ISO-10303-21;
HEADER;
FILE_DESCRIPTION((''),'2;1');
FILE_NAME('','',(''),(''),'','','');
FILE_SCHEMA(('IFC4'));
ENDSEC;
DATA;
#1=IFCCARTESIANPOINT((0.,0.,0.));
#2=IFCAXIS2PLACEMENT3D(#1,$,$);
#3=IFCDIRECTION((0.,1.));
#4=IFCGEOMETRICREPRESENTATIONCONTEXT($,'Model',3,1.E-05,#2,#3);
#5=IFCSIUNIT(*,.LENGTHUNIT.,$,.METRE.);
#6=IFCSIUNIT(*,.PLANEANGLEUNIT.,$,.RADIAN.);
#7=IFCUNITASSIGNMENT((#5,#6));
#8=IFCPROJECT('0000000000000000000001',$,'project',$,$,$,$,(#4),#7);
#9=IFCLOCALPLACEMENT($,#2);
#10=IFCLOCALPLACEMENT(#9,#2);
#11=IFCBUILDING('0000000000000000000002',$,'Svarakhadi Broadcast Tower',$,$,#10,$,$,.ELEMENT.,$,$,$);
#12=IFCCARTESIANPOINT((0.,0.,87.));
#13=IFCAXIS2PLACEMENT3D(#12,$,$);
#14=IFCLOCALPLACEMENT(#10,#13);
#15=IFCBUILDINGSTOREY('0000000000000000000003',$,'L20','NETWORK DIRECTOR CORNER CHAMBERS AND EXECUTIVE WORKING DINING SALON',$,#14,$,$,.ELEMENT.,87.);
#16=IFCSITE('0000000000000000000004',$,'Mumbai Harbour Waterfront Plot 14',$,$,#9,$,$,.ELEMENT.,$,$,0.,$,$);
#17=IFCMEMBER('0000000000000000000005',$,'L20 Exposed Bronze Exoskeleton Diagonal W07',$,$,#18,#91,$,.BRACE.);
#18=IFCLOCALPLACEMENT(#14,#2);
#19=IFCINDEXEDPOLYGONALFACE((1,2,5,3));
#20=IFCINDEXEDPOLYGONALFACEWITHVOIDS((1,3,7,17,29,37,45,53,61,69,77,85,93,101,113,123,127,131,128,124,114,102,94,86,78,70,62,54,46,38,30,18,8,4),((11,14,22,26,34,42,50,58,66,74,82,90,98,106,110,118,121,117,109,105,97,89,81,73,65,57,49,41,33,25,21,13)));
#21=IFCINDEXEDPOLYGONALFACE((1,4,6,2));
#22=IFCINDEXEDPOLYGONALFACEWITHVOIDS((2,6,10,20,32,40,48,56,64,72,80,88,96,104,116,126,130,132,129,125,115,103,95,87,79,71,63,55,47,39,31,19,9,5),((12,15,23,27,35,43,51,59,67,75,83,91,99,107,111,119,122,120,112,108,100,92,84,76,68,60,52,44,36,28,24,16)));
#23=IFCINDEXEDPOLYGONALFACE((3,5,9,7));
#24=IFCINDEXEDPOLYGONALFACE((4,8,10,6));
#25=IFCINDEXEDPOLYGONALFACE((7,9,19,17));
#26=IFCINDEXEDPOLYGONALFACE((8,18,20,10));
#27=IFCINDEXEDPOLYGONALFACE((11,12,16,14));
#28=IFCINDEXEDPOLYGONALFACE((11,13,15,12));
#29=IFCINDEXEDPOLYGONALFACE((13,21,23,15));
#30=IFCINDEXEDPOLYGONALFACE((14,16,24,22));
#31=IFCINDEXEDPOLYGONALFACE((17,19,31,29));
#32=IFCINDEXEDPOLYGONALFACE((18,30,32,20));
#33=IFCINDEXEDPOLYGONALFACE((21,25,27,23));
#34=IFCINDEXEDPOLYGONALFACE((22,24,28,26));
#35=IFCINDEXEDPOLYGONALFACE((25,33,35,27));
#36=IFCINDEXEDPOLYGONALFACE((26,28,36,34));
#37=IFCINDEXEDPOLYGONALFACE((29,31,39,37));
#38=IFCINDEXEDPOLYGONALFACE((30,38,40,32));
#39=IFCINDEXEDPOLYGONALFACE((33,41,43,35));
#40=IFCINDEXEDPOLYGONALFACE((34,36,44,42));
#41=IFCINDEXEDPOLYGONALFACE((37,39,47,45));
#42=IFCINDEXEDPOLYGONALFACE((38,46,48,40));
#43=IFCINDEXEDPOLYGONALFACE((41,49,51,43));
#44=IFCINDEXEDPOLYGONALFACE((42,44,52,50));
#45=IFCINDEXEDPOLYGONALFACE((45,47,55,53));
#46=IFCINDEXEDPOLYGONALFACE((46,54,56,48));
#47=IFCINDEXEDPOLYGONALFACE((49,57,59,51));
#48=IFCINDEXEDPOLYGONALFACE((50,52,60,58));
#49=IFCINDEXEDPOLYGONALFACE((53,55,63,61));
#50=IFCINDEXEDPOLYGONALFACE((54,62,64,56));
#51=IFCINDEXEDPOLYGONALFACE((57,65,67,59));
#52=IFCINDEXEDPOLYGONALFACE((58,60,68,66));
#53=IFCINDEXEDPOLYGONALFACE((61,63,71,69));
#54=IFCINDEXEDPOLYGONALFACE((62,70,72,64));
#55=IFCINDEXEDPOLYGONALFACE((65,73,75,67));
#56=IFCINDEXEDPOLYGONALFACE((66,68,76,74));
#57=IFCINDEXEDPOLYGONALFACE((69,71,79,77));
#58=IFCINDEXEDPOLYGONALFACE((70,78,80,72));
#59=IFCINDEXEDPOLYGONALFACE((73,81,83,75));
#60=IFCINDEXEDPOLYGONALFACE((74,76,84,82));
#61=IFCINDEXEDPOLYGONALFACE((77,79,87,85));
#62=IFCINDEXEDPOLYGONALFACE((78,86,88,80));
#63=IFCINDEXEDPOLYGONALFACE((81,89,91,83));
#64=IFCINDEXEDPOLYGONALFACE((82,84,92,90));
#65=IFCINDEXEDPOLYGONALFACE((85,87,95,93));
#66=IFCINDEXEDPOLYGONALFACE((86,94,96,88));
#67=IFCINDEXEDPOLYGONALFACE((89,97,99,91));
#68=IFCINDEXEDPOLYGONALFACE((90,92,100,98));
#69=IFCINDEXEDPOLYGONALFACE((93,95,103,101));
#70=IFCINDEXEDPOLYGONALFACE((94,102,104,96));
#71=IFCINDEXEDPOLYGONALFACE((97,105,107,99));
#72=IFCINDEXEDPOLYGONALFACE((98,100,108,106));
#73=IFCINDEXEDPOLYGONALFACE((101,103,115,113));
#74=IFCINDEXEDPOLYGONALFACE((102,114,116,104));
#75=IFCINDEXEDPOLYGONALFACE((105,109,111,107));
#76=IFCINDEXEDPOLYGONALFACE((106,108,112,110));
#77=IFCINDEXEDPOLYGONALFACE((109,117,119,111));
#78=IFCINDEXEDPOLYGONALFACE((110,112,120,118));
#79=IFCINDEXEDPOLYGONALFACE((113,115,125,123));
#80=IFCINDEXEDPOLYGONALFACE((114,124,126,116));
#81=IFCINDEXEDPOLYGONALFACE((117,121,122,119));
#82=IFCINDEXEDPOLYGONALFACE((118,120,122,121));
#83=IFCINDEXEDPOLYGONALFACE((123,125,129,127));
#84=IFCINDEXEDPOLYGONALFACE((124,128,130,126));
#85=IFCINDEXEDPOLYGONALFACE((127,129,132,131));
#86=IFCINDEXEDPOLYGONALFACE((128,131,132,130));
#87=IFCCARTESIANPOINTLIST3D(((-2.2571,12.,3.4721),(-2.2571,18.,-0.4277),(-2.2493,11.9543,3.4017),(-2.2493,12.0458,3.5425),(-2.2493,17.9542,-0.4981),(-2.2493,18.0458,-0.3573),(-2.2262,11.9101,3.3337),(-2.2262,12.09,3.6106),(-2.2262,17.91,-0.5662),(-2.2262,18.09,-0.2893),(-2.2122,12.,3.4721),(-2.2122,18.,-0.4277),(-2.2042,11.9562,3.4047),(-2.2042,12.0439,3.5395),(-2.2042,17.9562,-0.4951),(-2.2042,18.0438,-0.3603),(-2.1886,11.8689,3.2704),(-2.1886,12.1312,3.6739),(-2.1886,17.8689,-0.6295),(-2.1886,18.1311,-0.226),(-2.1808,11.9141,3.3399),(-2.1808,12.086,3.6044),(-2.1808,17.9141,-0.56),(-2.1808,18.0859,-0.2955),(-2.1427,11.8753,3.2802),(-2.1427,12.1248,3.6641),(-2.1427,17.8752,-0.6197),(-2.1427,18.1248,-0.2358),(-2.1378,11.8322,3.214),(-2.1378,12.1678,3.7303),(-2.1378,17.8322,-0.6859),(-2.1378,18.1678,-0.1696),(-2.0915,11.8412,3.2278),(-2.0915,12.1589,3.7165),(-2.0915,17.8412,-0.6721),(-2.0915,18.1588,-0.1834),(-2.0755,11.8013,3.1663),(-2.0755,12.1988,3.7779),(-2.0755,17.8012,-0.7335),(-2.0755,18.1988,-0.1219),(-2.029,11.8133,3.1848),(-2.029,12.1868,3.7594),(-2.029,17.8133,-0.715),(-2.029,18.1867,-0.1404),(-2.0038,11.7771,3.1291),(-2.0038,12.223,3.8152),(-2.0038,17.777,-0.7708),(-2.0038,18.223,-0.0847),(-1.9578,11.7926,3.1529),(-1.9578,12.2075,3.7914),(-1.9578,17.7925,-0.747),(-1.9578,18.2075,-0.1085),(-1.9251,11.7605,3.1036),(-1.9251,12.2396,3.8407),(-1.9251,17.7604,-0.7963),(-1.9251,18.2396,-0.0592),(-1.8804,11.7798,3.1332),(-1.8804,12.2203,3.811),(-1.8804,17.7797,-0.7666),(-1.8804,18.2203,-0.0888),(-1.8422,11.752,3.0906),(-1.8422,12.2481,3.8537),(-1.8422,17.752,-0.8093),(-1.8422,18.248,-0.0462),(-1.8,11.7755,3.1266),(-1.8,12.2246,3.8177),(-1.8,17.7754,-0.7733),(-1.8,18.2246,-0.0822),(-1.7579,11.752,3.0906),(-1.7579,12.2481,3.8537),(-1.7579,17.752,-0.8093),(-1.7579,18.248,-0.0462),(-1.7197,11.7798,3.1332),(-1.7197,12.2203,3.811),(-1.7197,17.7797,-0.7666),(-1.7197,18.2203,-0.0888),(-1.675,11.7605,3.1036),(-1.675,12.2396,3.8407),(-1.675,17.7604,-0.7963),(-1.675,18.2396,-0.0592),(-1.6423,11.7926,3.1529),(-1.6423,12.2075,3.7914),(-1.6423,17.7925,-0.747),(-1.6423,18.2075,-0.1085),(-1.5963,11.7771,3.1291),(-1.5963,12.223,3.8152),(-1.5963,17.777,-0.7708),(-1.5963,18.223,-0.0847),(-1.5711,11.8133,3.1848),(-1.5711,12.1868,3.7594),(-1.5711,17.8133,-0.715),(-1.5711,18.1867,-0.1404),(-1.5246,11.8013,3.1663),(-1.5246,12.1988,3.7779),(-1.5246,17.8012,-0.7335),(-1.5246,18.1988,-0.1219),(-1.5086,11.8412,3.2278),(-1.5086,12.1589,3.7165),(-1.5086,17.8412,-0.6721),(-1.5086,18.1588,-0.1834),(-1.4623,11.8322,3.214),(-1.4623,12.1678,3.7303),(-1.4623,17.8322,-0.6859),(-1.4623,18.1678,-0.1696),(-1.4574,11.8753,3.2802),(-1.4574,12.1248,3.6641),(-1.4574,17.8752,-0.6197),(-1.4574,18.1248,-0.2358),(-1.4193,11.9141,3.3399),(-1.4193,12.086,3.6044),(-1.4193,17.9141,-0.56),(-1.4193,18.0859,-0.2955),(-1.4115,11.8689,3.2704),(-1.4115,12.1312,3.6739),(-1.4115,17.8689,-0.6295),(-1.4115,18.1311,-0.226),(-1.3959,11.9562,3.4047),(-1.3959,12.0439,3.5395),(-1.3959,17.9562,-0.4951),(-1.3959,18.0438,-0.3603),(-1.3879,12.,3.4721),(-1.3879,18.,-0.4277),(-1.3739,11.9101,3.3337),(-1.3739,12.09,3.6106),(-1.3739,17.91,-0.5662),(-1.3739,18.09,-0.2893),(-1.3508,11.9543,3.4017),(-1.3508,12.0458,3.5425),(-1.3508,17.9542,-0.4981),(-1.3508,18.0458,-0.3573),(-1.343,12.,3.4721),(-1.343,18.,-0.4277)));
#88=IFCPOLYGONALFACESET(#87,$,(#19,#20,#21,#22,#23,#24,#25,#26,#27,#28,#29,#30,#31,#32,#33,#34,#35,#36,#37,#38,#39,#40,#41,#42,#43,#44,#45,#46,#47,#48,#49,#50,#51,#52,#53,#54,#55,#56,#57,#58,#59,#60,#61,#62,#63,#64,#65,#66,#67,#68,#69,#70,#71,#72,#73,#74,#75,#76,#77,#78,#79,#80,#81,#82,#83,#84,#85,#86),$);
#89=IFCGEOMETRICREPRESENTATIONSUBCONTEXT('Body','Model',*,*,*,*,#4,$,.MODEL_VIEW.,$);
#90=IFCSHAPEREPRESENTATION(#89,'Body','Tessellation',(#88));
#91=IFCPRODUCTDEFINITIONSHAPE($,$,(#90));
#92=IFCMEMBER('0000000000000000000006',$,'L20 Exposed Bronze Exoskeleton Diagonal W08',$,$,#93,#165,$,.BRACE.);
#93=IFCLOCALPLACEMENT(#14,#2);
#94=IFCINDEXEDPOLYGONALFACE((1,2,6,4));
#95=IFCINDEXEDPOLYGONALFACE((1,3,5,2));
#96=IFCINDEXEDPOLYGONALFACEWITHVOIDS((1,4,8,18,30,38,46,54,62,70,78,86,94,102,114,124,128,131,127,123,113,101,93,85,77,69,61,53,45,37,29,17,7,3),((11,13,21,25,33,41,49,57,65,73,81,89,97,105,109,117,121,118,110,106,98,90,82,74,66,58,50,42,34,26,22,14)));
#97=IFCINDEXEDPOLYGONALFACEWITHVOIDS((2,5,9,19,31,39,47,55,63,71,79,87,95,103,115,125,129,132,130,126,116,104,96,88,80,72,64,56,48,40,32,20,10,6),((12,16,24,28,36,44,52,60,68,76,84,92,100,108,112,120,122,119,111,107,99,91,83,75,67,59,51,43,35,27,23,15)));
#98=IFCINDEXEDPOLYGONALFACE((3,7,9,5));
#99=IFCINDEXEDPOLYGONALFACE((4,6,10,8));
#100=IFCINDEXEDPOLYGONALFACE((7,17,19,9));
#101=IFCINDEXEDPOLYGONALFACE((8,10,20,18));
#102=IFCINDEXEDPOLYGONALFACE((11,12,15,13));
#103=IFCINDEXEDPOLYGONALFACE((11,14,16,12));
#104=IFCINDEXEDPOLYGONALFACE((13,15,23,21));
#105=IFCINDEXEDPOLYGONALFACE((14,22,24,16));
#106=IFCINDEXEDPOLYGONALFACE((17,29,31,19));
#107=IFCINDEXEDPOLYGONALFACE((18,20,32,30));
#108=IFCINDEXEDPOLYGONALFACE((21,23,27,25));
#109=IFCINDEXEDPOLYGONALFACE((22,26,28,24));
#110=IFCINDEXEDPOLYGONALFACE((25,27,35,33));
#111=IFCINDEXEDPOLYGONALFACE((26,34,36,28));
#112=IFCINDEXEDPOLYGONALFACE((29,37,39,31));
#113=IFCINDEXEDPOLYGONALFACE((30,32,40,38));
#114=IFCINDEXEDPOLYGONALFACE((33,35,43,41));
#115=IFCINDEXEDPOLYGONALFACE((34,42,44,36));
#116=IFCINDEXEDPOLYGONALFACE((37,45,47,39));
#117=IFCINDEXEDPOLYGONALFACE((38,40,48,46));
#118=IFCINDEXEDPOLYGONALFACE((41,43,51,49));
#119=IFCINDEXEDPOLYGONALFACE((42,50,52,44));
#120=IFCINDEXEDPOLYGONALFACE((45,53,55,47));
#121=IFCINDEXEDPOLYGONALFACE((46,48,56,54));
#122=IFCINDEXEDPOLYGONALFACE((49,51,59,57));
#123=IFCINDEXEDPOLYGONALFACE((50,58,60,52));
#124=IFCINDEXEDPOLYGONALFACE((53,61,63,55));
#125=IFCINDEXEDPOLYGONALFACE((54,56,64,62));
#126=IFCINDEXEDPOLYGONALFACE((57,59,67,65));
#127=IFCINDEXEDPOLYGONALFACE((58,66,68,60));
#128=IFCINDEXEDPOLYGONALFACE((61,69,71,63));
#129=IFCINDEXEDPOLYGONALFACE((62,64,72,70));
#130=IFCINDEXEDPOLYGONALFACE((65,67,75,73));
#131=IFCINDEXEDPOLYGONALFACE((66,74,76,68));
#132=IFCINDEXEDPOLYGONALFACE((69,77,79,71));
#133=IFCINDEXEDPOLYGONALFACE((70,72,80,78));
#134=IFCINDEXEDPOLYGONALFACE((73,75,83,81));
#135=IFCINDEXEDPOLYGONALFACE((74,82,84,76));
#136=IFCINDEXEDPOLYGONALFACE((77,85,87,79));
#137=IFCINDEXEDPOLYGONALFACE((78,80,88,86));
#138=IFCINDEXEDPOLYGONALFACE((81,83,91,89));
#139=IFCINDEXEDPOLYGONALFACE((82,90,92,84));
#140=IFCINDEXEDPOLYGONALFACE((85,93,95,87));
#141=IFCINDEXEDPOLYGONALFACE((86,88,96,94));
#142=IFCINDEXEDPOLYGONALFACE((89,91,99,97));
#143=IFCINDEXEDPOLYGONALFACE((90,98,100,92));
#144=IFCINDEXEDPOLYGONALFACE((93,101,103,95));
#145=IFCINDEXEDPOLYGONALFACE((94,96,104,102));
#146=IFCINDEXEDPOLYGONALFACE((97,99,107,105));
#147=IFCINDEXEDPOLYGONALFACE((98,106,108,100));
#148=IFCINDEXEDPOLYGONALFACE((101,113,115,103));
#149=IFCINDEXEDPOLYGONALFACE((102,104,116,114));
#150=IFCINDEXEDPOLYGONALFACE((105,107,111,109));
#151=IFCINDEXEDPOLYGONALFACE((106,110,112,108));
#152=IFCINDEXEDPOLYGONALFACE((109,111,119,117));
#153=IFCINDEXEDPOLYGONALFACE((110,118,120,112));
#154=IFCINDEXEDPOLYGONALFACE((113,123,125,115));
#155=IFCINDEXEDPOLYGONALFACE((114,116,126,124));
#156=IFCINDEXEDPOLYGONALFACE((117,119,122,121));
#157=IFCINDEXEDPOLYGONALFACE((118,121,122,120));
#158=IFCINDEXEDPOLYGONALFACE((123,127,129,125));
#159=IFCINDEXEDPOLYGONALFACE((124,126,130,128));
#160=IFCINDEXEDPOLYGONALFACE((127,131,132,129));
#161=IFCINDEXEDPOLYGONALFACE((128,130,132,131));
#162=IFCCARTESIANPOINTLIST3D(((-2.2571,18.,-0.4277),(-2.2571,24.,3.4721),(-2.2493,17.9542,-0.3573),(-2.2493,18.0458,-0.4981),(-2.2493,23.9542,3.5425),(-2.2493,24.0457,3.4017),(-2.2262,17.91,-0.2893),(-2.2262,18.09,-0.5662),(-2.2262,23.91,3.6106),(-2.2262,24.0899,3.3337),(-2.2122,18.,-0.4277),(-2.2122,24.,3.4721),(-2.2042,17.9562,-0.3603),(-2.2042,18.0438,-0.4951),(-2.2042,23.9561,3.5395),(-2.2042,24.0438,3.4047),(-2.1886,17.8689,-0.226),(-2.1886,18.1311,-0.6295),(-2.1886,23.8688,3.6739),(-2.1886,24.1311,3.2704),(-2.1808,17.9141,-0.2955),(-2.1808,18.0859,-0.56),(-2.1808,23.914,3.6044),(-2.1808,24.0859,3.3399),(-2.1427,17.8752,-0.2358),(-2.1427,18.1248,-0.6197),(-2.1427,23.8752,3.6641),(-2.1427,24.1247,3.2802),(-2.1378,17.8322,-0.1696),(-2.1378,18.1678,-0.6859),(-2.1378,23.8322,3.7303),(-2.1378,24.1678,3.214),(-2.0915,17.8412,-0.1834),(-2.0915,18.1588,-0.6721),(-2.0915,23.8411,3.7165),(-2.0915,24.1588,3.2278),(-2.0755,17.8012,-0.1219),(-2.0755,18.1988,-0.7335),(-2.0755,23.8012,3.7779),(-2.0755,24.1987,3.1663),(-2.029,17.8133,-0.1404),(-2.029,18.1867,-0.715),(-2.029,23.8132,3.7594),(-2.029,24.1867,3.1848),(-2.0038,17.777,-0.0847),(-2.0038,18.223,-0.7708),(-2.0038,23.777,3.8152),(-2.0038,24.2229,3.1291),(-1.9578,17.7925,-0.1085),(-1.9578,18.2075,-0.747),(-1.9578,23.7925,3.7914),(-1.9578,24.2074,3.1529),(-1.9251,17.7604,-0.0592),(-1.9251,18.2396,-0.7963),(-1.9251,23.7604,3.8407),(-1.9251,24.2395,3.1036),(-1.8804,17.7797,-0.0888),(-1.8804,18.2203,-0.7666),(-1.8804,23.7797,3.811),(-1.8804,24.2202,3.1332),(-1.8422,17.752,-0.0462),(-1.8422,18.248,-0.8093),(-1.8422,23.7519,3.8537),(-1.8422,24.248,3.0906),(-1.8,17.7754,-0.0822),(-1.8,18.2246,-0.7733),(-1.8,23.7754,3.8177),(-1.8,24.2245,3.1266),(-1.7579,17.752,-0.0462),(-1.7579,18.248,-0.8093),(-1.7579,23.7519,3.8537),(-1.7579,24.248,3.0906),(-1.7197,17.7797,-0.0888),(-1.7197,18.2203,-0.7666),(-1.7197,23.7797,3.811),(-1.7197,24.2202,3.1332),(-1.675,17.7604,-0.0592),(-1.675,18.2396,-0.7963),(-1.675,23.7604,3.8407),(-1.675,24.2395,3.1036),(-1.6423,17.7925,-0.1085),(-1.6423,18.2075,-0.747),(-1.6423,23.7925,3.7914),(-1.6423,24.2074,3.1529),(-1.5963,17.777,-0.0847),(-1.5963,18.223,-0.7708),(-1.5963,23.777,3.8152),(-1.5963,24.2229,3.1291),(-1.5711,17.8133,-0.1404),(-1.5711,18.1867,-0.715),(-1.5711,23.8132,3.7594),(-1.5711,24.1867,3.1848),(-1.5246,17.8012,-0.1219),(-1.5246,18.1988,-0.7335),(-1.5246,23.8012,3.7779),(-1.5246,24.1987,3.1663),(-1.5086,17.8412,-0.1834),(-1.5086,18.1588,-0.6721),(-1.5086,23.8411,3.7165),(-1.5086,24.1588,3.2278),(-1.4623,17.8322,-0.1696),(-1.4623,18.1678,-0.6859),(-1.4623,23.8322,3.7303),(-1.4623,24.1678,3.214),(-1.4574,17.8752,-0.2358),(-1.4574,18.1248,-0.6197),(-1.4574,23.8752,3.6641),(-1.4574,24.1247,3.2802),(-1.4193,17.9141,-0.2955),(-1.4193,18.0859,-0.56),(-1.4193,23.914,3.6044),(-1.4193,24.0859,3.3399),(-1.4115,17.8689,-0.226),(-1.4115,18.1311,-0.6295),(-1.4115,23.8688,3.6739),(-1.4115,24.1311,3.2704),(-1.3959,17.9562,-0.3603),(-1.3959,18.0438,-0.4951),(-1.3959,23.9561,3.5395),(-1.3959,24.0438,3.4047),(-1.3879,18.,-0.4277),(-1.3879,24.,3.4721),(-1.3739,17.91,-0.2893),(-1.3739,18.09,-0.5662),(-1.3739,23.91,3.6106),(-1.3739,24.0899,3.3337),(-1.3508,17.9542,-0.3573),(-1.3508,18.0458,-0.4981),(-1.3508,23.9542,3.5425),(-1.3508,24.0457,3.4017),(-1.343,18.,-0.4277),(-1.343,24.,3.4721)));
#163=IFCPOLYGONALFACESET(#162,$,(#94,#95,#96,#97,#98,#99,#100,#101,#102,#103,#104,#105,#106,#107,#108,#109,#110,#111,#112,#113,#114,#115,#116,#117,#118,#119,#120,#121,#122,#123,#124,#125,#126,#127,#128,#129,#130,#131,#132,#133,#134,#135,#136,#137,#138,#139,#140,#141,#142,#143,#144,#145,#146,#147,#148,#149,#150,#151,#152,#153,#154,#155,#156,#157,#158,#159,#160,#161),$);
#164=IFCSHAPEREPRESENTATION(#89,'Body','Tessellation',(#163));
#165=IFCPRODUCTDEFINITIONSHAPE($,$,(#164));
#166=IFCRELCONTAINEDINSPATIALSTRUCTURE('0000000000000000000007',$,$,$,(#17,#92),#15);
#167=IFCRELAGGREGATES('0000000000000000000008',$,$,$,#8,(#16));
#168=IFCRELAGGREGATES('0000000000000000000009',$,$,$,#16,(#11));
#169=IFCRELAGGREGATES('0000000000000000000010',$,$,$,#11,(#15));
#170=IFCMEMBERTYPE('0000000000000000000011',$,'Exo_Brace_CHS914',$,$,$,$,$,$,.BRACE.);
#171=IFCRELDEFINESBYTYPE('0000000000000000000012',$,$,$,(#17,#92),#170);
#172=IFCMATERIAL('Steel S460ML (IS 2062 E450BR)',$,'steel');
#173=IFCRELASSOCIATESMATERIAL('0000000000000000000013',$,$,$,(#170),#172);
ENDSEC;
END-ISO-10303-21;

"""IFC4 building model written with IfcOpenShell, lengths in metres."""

from ifc_helpers import new_model, si_unit, direction, frame, origin, origin_2d, place, context, subcontext, project, spatial, hollow_circle, extrude, material, material_profile, profile_set, type_object, element, save


model = new_model("IFC4")

# Units and contexts
model_context = context("Model", 3, precision=1e-05, world=origin(), true_north=direction((0.0, 1.0)))
body_context = subcontext(model_context, "Body", "Model", "MODEL_VIEW")
ifc_project = project(units=[si_unit("LENGTHUNIT", "METRE"), si_unit("PLANEANGLEUNIT", "RADIAN")], contexts=[model_context])

# Site, building, storey
site_placement = place(None, origin())
site = spatial("IfcSite", under=ifc_project, at=site_placement, Name="Mumbai Harbour Waterfront Plot 14", CompositionType="ELEMENT", RefElevation=0.0)
building_placement = place(site_placement, origin())
building = spatial("IfcBuilding", under=site, at=building_placement, Name="Svarakhadi Broadcast Tower", CompositionType="ELEMENT")
storey_placement = place(building_placement, frame((0.0, 0.0, 87.0)))
storey = spatial("IfcBuildingStorey", under=building, at=storey_placement, Name="L20", Description="NETWORK DIRECTOR CORNER CHAMBERS AND EXECUTIVE WORKING DINING SALON", CompositionType="ELEMENT", Elevation=87.0)

# Shared definitions
ifc_material_1 = material(Name="Steel S460ML (IS 2062 E450BR)", Category="steel")

# Members
ifc_material_profile_1 = material_profile(ifc_material_1, hollow_circle(Radius=0.457, WallThickness=0.0449, at=origin_2d()), Name="CHS 914x45")
ifc_profile_set_1 = profile_set([ifc_material_profile_1], Name="Steel S460ML (IS 2062 E450BR)")
member_type_1 = type_object("IfcMemberType", Name="Exo_Brace_CHS914", PredefinedType="BRACE", material=ifc_profile_set_1)
for number, where, z_axis, x_axis, name in (
    (1, (-1.8, 18.0, -0.4277), (0.0, -0.83845, 0.544979), (1.0, 0.0, 0.0), "L20 Exposed Bronze Exoskeleton Diagonal W07"),
    (2, (-1.8, 18.0, -0.4277), (0.0, 0.83845, 0.544979), (-1.0, 0.0, 0.0), "L20 Exposed Bronze Exoskeleton Diagonal W08"),
):
    element("IfcMember", number, at=place(storey_placement, frame(where, z_axis=z_axis, x_axis=x_axis)), inside=storey, type_object=member_type_1, Name=name, PredefinedType="BRACE", context=body_context, shape_type="SweptSolid", body=[
        extrude(hollow_circle(Radius=0.457, WallThickness=0.0449, at=origin_2d()), origin(), (0.0, 0.0, 1.0), 7.156),
    ])

save(model, "model.ifc")
